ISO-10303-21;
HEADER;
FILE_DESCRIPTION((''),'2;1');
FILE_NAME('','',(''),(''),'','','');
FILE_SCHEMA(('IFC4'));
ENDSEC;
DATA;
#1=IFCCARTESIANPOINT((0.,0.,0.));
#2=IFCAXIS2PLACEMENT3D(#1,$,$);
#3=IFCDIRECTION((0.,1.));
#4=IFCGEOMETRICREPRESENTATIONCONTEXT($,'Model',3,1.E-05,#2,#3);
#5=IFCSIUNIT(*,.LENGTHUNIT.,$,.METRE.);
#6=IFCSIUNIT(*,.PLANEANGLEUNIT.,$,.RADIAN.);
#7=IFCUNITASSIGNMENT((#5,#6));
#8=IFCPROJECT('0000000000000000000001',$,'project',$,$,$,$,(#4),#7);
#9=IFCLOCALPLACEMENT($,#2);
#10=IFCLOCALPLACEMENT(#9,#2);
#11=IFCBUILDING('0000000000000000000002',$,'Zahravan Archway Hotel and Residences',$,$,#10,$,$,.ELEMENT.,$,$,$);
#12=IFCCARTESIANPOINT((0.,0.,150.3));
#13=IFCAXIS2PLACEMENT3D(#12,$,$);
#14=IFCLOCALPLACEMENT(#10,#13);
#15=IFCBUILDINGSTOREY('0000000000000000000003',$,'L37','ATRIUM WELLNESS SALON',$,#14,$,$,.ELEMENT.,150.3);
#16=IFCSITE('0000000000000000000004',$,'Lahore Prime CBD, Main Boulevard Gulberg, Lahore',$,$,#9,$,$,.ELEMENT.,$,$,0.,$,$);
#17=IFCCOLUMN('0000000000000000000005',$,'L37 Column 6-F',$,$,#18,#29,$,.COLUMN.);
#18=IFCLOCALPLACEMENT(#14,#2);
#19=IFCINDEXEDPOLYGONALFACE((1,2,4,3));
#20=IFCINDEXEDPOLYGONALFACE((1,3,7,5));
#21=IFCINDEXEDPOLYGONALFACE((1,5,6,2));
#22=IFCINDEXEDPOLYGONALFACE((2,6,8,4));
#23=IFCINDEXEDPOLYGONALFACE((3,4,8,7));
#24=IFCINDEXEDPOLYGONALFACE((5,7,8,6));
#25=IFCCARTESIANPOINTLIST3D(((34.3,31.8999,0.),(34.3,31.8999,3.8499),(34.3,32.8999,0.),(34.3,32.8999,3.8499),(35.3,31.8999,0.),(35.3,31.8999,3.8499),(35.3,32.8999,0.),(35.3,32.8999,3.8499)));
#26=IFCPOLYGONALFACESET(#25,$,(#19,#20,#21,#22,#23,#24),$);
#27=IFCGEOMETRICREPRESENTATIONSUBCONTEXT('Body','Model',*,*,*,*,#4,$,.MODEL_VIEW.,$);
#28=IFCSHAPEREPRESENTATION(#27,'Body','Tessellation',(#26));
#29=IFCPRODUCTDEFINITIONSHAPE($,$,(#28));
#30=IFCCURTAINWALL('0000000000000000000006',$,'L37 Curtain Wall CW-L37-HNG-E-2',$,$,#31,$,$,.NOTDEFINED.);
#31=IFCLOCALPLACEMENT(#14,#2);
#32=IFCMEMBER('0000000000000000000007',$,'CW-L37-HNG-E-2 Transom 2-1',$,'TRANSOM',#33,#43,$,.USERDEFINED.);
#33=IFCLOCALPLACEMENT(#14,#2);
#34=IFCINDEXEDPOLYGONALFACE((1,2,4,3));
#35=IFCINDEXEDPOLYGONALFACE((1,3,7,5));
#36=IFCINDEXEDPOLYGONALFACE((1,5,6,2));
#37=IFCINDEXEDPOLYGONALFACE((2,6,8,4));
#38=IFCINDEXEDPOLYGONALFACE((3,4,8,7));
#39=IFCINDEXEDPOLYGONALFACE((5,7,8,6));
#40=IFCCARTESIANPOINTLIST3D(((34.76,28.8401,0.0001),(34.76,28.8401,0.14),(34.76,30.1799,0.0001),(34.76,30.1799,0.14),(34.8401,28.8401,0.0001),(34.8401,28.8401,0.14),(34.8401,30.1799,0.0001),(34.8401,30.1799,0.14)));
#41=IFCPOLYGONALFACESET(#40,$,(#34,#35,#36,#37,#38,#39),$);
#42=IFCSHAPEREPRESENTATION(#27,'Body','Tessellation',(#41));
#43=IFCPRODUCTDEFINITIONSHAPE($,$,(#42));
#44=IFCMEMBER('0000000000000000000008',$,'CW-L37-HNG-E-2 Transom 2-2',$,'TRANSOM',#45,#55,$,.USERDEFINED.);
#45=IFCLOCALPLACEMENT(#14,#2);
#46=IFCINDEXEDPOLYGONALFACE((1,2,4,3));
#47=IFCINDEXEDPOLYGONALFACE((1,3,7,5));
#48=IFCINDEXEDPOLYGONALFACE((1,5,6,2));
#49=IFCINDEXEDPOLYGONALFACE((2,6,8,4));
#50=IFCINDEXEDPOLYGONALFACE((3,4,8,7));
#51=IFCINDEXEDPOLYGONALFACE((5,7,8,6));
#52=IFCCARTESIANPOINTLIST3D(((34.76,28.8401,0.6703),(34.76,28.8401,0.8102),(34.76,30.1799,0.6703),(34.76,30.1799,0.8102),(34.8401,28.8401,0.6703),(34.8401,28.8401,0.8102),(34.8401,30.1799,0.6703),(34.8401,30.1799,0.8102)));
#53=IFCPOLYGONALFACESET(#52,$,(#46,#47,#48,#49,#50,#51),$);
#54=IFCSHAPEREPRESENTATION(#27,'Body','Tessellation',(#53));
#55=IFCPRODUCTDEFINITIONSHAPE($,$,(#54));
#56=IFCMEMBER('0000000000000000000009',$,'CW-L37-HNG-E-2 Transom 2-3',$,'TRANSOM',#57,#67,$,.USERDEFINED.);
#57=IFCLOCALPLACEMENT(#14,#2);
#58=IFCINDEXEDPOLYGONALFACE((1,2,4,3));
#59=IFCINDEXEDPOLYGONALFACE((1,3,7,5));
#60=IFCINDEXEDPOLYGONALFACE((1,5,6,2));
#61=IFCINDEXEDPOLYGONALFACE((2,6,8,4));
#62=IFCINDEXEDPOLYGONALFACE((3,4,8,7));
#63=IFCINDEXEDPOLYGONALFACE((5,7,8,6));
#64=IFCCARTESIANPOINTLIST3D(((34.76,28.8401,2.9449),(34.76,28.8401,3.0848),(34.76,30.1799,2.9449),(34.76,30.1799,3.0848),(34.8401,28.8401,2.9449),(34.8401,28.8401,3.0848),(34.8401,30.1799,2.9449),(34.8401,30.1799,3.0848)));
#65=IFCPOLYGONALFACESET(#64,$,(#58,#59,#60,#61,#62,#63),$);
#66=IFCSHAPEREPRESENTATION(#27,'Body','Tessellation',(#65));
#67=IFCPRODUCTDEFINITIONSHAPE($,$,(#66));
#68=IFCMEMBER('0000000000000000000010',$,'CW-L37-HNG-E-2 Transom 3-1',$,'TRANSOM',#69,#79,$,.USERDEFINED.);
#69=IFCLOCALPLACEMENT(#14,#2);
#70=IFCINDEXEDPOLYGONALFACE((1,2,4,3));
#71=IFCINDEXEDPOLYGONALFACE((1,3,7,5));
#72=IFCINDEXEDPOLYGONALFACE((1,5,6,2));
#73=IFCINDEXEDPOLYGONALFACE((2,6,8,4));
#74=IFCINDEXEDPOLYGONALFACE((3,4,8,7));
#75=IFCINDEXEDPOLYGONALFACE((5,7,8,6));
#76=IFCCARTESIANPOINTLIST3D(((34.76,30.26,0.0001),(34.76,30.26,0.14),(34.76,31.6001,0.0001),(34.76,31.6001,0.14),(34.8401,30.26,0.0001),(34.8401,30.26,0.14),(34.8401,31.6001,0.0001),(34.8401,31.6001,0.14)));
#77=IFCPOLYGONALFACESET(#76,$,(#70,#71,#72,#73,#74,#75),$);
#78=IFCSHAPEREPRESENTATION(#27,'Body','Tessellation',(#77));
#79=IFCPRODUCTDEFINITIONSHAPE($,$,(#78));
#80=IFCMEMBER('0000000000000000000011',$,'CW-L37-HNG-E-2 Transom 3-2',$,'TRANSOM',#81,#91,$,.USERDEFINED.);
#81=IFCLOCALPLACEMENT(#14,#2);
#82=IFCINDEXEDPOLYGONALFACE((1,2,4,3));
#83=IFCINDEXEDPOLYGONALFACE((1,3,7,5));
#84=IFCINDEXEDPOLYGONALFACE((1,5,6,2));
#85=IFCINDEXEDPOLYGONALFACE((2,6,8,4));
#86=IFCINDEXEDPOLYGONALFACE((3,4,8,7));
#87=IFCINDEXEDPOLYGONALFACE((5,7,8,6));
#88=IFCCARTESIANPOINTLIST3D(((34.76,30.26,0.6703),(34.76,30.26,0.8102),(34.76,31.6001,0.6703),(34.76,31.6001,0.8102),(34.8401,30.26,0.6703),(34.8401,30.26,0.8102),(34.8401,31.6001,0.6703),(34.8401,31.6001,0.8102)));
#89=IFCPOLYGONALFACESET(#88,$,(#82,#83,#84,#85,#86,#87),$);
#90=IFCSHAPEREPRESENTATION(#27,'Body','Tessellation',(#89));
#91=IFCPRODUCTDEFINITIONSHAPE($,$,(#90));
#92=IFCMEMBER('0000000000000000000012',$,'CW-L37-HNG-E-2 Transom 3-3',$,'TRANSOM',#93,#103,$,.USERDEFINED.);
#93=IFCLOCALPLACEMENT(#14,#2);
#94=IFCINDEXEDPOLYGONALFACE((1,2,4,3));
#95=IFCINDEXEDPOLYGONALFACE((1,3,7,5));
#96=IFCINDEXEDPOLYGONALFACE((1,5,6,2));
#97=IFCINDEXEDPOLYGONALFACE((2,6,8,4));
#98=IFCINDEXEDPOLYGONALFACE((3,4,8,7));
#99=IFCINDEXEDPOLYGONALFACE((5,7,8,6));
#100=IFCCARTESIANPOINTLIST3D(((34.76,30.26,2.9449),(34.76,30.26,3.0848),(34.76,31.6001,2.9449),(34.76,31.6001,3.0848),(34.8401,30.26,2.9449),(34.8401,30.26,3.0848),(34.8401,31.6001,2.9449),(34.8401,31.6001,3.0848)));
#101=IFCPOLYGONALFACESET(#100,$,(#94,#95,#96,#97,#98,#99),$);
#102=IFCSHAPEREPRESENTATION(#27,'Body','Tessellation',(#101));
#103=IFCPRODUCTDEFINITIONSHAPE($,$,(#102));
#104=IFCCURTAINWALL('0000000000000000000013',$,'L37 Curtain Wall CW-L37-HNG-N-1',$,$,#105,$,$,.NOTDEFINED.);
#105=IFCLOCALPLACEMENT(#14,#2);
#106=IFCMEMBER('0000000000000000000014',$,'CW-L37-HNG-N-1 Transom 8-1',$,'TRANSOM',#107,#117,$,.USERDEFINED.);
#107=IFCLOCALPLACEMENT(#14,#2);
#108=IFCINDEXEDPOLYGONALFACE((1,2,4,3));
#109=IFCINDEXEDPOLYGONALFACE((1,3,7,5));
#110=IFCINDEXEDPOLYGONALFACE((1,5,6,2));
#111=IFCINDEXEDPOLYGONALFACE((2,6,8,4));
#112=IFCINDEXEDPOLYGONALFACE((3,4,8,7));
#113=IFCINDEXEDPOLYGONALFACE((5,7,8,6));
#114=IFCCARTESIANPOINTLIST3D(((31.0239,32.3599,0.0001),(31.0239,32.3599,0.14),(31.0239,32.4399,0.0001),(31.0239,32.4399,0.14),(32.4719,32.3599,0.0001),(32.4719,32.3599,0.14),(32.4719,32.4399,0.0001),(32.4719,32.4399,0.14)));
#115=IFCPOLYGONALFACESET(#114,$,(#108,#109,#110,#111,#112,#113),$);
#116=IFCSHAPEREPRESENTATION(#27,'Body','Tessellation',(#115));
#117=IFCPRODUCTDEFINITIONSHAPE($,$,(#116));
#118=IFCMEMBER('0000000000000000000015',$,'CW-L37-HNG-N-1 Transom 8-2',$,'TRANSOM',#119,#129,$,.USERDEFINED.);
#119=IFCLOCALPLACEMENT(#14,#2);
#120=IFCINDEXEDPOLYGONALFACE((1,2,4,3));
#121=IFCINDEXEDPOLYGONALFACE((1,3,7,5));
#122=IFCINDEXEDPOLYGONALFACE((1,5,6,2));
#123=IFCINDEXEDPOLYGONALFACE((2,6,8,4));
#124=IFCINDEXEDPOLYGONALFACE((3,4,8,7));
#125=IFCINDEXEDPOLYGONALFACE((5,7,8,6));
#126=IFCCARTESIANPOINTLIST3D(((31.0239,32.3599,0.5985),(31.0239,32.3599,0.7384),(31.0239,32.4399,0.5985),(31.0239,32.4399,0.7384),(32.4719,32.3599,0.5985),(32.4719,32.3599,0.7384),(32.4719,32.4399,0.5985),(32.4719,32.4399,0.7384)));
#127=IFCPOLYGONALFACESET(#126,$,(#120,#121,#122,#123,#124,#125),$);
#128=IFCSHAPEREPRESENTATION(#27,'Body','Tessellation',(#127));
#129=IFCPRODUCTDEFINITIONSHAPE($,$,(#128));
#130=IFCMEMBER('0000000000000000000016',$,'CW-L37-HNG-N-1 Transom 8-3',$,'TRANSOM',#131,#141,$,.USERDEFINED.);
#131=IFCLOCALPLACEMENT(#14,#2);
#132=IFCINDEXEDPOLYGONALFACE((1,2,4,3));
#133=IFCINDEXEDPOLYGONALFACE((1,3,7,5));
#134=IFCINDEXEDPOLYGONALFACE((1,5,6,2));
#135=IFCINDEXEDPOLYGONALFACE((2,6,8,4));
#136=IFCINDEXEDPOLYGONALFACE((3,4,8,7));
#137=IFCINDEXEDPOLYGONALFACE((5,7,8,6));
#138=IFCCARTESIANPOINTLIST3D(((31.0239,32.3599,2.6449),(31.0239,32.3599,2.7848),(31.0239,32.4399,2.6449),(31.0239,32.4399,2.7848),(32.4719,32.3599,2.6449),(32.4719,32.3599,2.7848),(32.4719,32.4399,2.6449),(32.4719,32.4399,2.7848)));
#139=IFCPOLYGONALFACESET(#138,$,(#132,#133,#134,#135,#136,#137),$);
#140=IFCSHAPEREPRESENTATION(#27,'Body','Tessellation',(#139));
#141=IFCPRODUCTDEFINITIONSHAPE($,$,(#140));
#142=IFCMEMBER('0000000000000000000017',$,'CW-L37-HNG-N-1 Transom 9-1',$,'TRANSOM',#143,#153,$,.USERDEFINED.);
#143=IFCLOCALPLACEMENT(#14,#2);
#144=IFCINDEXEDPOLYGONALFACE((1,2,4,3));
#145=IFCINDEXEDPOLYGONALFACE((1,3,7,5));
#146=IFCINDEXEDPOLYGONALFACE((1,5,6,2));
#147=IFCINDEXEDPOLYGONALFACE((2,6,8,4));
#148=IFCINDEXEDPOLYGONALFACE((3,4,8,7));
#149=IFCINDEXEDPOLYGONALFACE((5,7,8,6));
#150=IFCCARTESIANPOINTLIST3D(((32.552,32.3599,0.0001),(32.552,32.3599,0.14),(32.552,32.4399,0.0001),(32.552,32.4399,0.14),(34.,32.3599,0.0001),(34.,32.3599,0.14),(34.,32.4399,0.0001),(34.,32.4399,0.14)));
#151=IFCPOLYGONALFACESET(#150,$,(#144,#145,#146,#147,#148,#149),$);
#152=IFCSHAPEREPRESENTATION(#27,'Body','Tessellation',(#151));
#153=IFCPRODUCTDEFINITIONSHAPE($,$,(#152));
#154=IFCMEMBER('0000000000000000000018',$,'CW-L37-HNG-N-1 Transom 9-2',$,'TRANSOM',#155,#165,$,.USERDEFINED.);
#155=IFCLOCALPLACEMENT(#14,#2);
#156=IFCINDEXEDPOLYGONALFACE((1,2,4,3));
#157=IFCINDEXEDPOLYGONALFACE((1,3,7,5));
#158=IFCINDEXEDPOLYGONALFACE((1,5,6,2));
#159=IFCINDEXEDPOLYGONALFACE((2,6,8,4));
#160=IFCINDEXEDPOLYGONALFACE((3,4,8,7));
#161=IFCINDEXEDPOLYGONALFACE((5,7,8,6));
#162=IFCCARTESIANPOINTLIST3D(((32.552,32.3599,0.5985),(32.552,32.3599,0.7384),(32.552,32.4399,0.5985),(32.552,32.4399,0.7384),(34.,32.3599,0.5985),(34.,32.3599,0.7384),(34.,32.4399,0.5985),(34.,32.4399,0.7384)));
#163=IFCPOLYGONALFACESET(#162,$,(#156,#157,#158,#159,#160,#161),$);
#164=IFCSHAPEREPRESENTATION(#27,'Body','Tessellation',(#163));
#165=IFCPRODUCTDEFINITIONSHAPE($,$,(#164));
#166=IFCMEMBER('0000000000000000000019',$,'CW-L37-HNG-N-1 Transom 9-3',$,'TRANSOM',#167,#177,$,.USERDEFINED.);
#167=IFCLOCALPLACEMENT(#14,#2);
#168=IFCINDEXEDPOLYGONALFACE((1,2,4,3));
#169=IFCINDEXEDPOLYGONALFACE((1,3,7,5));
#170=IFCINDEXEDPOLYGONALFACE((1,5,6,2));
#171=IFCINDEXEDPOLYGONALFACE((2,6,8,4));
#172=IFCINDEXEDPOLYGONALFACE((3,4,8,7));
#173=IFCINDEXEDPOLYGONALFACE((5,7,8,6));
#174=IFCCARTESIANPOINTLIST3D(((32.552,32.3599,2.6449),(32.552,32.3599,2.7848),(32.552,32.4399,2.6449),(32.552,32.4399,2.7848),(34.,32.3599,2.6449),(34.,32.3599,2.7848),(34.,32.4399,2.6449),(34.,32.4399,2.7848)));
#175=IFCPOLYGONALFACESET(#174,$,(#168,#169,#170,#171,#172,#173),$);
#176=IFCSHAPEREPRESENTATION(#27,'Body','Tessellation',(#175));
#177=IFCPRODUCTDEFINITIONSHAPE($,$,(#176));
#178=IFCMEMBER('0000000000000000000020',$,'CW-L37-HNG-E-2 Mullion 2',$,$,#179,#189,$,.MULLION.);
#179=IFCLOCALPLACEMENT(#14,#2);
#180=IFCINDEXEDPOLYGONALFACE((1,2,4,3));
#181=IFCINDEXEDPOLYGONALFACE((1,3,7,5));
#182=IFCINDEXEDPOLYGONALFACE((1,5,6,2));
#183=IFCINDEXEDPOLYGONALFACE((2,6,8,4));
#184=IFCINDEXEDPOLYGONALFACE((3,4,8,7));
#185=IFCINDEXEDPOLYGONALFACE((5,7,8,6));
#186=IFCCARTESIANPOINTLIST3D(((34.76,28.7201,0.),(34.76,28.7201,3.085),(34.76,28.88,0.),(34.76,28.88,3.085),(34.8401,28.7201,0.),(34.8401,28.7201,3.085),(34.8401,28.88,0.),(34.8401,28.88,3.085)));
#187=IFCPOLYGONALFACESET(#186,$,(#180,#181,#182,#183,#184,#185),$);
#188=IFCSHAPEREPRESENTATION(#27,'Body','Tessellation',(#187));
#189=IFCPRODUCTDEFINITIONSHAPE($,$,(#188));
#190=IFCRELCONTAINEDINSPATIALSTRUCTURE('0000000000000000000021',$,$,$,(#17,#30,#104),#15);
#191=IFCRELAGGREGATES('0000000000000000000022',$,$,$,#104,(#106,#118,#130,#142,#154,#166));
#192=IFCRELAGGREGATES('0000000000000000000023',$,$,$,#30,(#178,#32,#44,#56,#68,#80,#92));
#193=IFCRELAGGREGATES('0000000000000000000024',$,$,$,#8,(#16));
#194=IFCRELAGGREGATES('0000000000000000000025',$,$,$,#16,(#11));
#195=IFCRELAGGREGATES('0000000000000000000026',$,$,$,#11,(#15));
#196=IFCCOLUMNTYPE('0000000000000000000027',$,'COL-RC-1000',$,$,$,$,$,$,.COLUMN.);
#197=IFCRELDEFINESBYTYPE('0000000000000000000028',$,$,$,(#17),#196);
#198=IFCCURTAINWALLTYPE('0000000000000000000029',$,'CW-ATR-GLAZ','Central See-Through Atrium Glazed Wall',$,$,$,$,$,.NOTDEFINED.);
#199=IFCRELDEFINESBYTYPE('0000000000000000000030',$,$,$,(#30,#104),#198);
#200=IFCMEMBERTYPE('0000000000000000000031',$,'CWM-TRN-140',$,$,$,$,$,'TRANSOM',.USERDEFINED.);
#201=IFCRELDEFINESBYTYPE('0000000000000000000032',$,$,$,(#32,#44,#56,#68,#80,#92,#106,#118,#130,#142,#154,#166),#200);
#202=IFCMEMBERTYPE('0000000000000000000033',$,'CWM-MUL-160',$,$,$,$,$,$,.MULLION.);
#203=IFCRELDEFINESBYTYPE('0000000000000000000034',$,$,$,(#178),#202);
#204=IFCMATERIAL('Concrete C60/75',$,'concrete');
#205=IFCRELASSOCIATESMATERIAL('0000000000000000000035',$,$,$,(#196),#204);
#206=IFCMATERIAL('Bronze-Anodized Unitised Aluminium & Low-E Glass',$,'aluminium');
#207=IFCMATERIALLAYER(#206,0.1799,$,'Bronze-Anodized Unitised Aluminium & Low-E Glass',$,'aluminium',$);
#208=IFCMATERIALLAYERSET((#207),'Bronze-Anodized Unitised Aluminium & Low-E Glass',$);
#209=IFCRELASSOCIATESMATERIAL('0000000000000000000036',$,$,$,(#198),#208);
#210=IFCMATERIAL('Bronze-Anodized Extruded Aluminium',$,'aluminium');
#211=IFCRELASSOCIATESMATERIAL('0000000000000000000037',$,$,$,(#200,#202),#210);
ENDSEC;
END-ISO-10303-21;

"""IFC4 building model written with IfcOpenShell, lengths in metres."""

from ifc_helpers import new_model, si_unit, direction, frame, origin, origin_2d, place, context, subcontext, project, spatial, rectangle, extrude, source, transform, mapped, material, layer, layer_set, material_profile, profile_set, type_object, element, aggregate, save


model = new_model("IFC4")

# Units and contexts
model_context = context("Model", 3, precision=1e-05, world=origin(), true_north=direction((0.0, 1.0)))
body_context = subcontext(model_context, "Body", "Model", "MODEL_VIEW")
ifc_project = project(units=[si_unit("LENGTHUNIT", "METRE"), si_unit("PLANEANGLEUNIT", "RADIAN")], contexts=[model_context])

# Site, building, storey
site_placement = place(None, origin())
site = spatial("IfcSite", under=ifc_project, at=site_placement, Name="Lahore Prime CBD, Main Boulevard Gulberg, Lahore", CompositionType="ELEMENT", RefElevation=0.0)
building_placement = place(site_placement, origin())
building = spatial("IfcBuilding", under=site, at=building_placement, Name="Zahravan Archway Hotel and Residences", CompositionType="ELEMENT")
storey_placement = place(building_placement, frame((0.0, 0.0, 150.3)))
storey = spatial("IfcBuildingStorey", under=building, at=storey_placement, Name="L37", Description="ATRIUM WELLNESS SALON", CompositionType="ELEMENT", Elevation=150.3)

# Column
ifc_material_1 = material(Name="Concrete C60/75", Category="concrete")
ifc_material_profile_1 = material_profile(ifc_material_1, rectangle(XDim=1.0, YDim=1.0, at=origin_2d()), Name="RC-COL-1000x1000", Category="concrete")
ifc_profile_set_1 = profile_set([ifc_material_profile_1], Name="Concrete C60/75")
column_type = type_object("IfcColumnType", Name="COL-RC-1000", PredefinedType="COLUMN", material=ifc_profile_set_1)
shared_shape_1 = source(origin(), body_context, "Body", "SweptSolid", [
    extrude(rectangle(XDim=1.0, YDim=1.0, at=origin_2d()), origin(), (0.0, 0.0, 1.0), 3.8499),
])
column_placement = place(storey_placement, frame((34.8, 32.3999, 0.0), z_axis=(0.0, 0.0, 1.0), x_axis=(1.0, 0.0, 0.0)))
element("IfcColumn", 1, at=column_placement, inside=storey, type_object=column_type, Name="L37 Column 6-F", PredefinedType="COLUMN", context=body_context, shape_type="MappedRepresentation", body=[
    mapped(shared_shape_1, transform((0.0, 0.0, 0.0), scale=1.0)),
])

# Curtain walls, members
ifc_material_2 = material(Name="Bronze-Anodized Unitised Aluminium & Low-E Glass", Category="aluminium")
ifc_layer_1 = layer(ifc_material_2, 0.1799, Name="Bronze-Anodized Unitised Aluminium & Low-E Glass", Category="aluminium")
ifc_layer_set_1 = layer_set([ifc_layer_1], Name="Bronze-Anodized Unitised Aluminium & Low-E Glass")
curtain_wall_type = type_object("IfcCurtainWallType", Name="CW-ATR-GLAZ", Description="Central See-Through Atrium Glazed Wall", PredefinedType="NOTDEFINED", material=ifc_layer_set_1)
curtain_wall_1_placement = place(storey_placement, origin())
curtain_wall_1 = element("IfcCurtainWall", 2, at=curtain_wall_1_placement, inside=storey, type_object=curtain_wall_type, Name="L37 Curtain Wall CW-L37-HNG-E-2", PredefinedType="NOTDEFINED")
ifc_material_3 = material(Name="Bronze-Anodized Extruded Aluminium", Category="aluminium")
ifc_material_profile_2 = material_profile(ifc_material_3, rectangle(XDim=0.0801, YDim=0.1399, at=origin_2d()), Name="TRN 80x140", Category="aluminium")
ifc_profile_set_2 = profile_set([ifc_material_profile_2], Name="Bronze-Anodized Extruded Aluminium")
member_type_1 = type_object("IfcMemberType", Name="CWM-TRN-140", ElementType="TRANSOM", PredefinedType="USERDEFINED", material=ifc_profile_set_2)
shared_shape_2 = source(origin(), body_context, "Body", "SweptSolid", [
    extrude(rectangle(XDim=0.0801, YDim=0.1399, at=origin_2d()), origin(), (0.0, 0.0, 1.0), 1.3398),
])
member_1_placement = place(storey_placement, frame((34.8, 28.8401, 0.0701), z_axis=(0.0, 1.0, 0.0), x_axis=(-1.0, 0.0, 0.0)))
member_1 = element("IfcMember", 3, at=member_1_placement, type_object=member_type_1, Name="CW-L37-HNG-E-2 Transom 2-1", ObjectType="TRANSOM", PredefinedType="USERDEFINED", context=body_context, shape_type="MappedRepresentation", body=[
    mapped(shared_shape_2, transform((0.0, 0.0, 0.0), scale=1.0)),
])
member_2_placement = place(storey_placement, frame((34.8, 28.8401, 0.7402), z_axis=(0.0, 1.0, 0.0), x_axis=(-1.0, 0.0, 0.0)))
member_2 = element("IfcMember", 4, at=member_2_placement, type_object=member_type_1, Name="CW-L37-HNG-E-2 Transom 2-2", ObjectType="TRANSOM", PredefinedType="USERDEFINED", context=body_context, shape_type="MappedRepresentation", body=[
    mapped(shared_shape_2, transform((0.0, 0.0, 0.0), scale=1.0)),
])
member_3_placement = place(storey_placement, frame((34.8, 28.8401, 3.0149), z_axis=(0.0, 1.0, 0.0), x_axis=(-1.0, 0.0, 0.0)))
member_3 = element("IfcMember", 5, at=member_3_placement, type_object=member_type_1, Name="CW-L37-HNG-E-2 Transom 2-3", ObjectType="TRANSOM", PredefinedType="USERDEFINED", context=body_context, shape_type="MappedRepresentation", body=[
    mapped(shared_shape_2, transform((0.0, 0.0, 0.0), scale=1.0)),
])
shared_shape_3 = source(origin(), body_context, "Body", "SweptSolid", [
    extrude(rectangle(XDim=0.0801, YDim=0.1399, at=origin_2d()), origin(), (0.0, 0.0, 1.0), 1.3401),
])
member_4_placement = place(storey_placement, frame((34.8, 30.26, 0.0701), z_axis=(0.0, 1.0, 0.0), x_axis=(-1.0, 0.0, 0.0)))
member_4 = element("IfcMember", 6, at=member_4_placement, type_object=member_type_1, Name="CW-L37-HNG-E-2 Transom 3-1", ObjectType="TRANSOM", PredefinedType="USERDEFINED", context=body_context, shape_type="MappedRepresentation", body=[
    mapped(shared_shape_3, transform((0.0, 0.0, 0.0), scale=1.0)),
])
member_5_placement = place(storey_placement, frame((34.8, 30.26, 0.7402), z_axis=(0.0, 1.0, 0.0), x_axis=(-1.0, 0.0, 0.0)))
member_5 = element("IfcMember", 7, at=member_5_placement, type_object=member_type_1, Name="CW-L37-HNG-E-2 Transom 3-2", ObjectType="TRANSOM", PredefinedType="USERDEFINED", context=body_context, shape_type="MappedRepresentation", body=[
    mapped(shared_shape_3, transform((0.0, 0.0, 0.0), scale=1.0)),
])
member_6_placement = place(storey_placement, frame((34.8, 30.26, 3.0149), z_axis=(0.0, 1.0, 0.0), x_axis=(-1.0, 0.0, 0.0)))
member_6 = element("IfcMember", 8, at=member_6_placement, type_object=member_type_1, Name="CW-L37-HNG-E-2 Transom 3-3", ObjectType="TRANSOM", PredefinedType="USERDEFINED", context=body_context, shape_type="MappedRepresentation", body=[
    mapped(shared_shape_3, transform((0.0, 0.0, 0.0), scale=1.0)),
])
curtain_wall_2_placement = place(storey_placement, origin())
curtain_wall_2 = element("IfcCurtainWall", 9, at=curtain_wall_2_placement, inside=storey, type_object=curtain_wall_type, Name="L37 Curtain Wall CW-L37-HNG-N-1", PredefinedType="NOTDEFINED")
shared_shape_4 = source(origin(), body_context, "Body", "SweptSolid", [
    extrude(rectangle(XDim=0.0801, YDim=0.1399, at=origin_2d()), origin(), (0.0, 0.0, 1.0), 1.448),
])
member_7_placement = place(storey_placement, frame((31.0239, 32.3999, 0.0701), z_axis=(1.0, 0.0, 0.0), x_axis=(0.0, 1.0, 0.0)))
member_7 = element("IfcMember", 10, at=member_7_placement, type_object=member_type_1, Name="CW-L37-HNG-N-1 Transom 8-1", ObjectType="TRANSOM", PredefinedType="USERDEFINED", context=body_context, shape_type="MappedRepresentation", body=[
    mapped(shared_shape_4, transform((0.0, 0.0, 0.0), scale=1.0)),
])
member_8_placement = place(storey_placement, frame((31.0239, 32.3999, 0.6685), z_axis=(1.0, 0.0, 0.0), x_axis=(0.0, 1.0, 0.0)))
member_8 = element("IfcMember", 11, at=member_8_placement, type_object=member_type_1, Name="CW-L37-HNG-N-1 Transom 8-2", ObjectType="TRANSOM", PredefinedType="USERDEFINED", context=body_context, shape_type="MappedRepresentation", body=[
    mapped(shared_shape_4, transform((0.0, 0.0, 0.0), scale=1.0)),
])
member_9_placement = place(storey_placement, frame((31.0239, 32.3999, 2.7148), z_axis=(1.0, 0.0, 0.0), x_axis=(0.0, 1.0, 0.0)))
member_9 = element("IfcMember", 12, at=member_9_placement, type_object=member_type_1, Name="CW-L37-HNG-N-1 Transom 8-3", ObjectType="TRANSOM", PredefinedType="USERDEFINED", context=body_context, shape_type="MappedRepresentation", body=[
    mapped(shared_shape_4, transform((0.0, 0.0, 0.0), scale=1.0)),
])
member_10_placement = place(storey_placement, frame((32.552, 32.3999, 0.0701), z_axis=(1.0, 0.0, 0.0), x_axis=(0.0, 1.0, 0.0)))
member_10 = element("IfcMember", 13, at=member_10_placement, type_object=member_type_1, Name="CW-L37-HNG-N-1 Transom 9-1", ObjectType="TRANSOM", PredefinedType="USERDEFINED", context=body_context, shape_type="MappedRepresentation", body=[
    mapped(shared_shape_4, transform((0.0, 0.0, 0.0), scale=1.0)),
])
member_11_placement = place(storey_placement, frame((32.552, 32.3999, 0.6685), z_axis=(1.0, 0.0, 0.0), x_axis=(0.0, 1.0, 0.0)))
member_11 = element("IfcMember", 14, at=member_11_placement, type_object=member_type_1, Name="CW-L37-HNG-N-1 Transom 9-2", ObjectType="TRANSOM", PredefinedType="USERDEFINED", context=body_context, shape_type="MappedRepresentation", body=[
    mapped(shared_shape_4, transform((0.0, 0.0, 0.0), scale=1.0)),
])
member_12_placement = place(storey_placement, frame((32.552, 32.3999, 2.7148), z_axis=(1.0, 0.0, 0.0), x_axis=(0.0, 1.0, 0.0)))
member_12 = element("IfcMember", 15, at=member_12_placement, type_object=member_type_1, Name="CW-L37-HNG-N-1 Transom 9-3", ObjectType="TRANSOM", PredefinedType="USERDEFINED", context=body_context, shape_type="MappedRepresentation", body=[
    mapped(shared_shape_4, transform((0.0, 0.0, 0.0), scale=1.0)),
])

# Member
ifc_material_profile_3 = material_profile(ifc_material_3, rectangle(XDim=0.0801, YDim=0.1599, at=origin_2d()), Name="MUL 80x160", Category="aluminium")
ifc_profile_set_3 = profile_set([ifc_material_profile_3], Name="Bronze-Anodized Extruded Aluminium")
member_type_2 = type_object("IfcMemberType", Name="CWM-MUL-160", PredefinedType="MULLION", material=ifc_profile_set_3)
shared_shape_5 = source(origin(), body_context, "Body", "SweptSolid", [
    extrude(rectangle(XDim=0.0801, YDim=0.1599, at=origin_2d()), origin(), (0.0, 0.0, 1.0), 3.085),
])
member_13_placement = place(storey_placement, frame((34.8, 28.8, 0.0), z_axis=(0.0, 0.0, 1.0), x_axis=(1.0, 0.0, 0.0)))
member_13 = element("IfcMember", 16, at=member_13_placement, type_object=member_type_2, Name="CW-L37-HNG-E-2 Mullion 2", PredefinedType="MULLION", context=body_context, shape_type="MappedRepresentation", body=[
    mapped(shared_shape_5, transform((0.0, 0.0, 0.0), scale=1.0)),
])

aggregate(curtain_wall_2, [member_7, member_8, member_9, member_10, member_11, member_12])
aggregate(curtain_wall_1, [member_13, member_1, member_2, member_3, member_4, member_5, member_6])

save(model, "model.ifc")
